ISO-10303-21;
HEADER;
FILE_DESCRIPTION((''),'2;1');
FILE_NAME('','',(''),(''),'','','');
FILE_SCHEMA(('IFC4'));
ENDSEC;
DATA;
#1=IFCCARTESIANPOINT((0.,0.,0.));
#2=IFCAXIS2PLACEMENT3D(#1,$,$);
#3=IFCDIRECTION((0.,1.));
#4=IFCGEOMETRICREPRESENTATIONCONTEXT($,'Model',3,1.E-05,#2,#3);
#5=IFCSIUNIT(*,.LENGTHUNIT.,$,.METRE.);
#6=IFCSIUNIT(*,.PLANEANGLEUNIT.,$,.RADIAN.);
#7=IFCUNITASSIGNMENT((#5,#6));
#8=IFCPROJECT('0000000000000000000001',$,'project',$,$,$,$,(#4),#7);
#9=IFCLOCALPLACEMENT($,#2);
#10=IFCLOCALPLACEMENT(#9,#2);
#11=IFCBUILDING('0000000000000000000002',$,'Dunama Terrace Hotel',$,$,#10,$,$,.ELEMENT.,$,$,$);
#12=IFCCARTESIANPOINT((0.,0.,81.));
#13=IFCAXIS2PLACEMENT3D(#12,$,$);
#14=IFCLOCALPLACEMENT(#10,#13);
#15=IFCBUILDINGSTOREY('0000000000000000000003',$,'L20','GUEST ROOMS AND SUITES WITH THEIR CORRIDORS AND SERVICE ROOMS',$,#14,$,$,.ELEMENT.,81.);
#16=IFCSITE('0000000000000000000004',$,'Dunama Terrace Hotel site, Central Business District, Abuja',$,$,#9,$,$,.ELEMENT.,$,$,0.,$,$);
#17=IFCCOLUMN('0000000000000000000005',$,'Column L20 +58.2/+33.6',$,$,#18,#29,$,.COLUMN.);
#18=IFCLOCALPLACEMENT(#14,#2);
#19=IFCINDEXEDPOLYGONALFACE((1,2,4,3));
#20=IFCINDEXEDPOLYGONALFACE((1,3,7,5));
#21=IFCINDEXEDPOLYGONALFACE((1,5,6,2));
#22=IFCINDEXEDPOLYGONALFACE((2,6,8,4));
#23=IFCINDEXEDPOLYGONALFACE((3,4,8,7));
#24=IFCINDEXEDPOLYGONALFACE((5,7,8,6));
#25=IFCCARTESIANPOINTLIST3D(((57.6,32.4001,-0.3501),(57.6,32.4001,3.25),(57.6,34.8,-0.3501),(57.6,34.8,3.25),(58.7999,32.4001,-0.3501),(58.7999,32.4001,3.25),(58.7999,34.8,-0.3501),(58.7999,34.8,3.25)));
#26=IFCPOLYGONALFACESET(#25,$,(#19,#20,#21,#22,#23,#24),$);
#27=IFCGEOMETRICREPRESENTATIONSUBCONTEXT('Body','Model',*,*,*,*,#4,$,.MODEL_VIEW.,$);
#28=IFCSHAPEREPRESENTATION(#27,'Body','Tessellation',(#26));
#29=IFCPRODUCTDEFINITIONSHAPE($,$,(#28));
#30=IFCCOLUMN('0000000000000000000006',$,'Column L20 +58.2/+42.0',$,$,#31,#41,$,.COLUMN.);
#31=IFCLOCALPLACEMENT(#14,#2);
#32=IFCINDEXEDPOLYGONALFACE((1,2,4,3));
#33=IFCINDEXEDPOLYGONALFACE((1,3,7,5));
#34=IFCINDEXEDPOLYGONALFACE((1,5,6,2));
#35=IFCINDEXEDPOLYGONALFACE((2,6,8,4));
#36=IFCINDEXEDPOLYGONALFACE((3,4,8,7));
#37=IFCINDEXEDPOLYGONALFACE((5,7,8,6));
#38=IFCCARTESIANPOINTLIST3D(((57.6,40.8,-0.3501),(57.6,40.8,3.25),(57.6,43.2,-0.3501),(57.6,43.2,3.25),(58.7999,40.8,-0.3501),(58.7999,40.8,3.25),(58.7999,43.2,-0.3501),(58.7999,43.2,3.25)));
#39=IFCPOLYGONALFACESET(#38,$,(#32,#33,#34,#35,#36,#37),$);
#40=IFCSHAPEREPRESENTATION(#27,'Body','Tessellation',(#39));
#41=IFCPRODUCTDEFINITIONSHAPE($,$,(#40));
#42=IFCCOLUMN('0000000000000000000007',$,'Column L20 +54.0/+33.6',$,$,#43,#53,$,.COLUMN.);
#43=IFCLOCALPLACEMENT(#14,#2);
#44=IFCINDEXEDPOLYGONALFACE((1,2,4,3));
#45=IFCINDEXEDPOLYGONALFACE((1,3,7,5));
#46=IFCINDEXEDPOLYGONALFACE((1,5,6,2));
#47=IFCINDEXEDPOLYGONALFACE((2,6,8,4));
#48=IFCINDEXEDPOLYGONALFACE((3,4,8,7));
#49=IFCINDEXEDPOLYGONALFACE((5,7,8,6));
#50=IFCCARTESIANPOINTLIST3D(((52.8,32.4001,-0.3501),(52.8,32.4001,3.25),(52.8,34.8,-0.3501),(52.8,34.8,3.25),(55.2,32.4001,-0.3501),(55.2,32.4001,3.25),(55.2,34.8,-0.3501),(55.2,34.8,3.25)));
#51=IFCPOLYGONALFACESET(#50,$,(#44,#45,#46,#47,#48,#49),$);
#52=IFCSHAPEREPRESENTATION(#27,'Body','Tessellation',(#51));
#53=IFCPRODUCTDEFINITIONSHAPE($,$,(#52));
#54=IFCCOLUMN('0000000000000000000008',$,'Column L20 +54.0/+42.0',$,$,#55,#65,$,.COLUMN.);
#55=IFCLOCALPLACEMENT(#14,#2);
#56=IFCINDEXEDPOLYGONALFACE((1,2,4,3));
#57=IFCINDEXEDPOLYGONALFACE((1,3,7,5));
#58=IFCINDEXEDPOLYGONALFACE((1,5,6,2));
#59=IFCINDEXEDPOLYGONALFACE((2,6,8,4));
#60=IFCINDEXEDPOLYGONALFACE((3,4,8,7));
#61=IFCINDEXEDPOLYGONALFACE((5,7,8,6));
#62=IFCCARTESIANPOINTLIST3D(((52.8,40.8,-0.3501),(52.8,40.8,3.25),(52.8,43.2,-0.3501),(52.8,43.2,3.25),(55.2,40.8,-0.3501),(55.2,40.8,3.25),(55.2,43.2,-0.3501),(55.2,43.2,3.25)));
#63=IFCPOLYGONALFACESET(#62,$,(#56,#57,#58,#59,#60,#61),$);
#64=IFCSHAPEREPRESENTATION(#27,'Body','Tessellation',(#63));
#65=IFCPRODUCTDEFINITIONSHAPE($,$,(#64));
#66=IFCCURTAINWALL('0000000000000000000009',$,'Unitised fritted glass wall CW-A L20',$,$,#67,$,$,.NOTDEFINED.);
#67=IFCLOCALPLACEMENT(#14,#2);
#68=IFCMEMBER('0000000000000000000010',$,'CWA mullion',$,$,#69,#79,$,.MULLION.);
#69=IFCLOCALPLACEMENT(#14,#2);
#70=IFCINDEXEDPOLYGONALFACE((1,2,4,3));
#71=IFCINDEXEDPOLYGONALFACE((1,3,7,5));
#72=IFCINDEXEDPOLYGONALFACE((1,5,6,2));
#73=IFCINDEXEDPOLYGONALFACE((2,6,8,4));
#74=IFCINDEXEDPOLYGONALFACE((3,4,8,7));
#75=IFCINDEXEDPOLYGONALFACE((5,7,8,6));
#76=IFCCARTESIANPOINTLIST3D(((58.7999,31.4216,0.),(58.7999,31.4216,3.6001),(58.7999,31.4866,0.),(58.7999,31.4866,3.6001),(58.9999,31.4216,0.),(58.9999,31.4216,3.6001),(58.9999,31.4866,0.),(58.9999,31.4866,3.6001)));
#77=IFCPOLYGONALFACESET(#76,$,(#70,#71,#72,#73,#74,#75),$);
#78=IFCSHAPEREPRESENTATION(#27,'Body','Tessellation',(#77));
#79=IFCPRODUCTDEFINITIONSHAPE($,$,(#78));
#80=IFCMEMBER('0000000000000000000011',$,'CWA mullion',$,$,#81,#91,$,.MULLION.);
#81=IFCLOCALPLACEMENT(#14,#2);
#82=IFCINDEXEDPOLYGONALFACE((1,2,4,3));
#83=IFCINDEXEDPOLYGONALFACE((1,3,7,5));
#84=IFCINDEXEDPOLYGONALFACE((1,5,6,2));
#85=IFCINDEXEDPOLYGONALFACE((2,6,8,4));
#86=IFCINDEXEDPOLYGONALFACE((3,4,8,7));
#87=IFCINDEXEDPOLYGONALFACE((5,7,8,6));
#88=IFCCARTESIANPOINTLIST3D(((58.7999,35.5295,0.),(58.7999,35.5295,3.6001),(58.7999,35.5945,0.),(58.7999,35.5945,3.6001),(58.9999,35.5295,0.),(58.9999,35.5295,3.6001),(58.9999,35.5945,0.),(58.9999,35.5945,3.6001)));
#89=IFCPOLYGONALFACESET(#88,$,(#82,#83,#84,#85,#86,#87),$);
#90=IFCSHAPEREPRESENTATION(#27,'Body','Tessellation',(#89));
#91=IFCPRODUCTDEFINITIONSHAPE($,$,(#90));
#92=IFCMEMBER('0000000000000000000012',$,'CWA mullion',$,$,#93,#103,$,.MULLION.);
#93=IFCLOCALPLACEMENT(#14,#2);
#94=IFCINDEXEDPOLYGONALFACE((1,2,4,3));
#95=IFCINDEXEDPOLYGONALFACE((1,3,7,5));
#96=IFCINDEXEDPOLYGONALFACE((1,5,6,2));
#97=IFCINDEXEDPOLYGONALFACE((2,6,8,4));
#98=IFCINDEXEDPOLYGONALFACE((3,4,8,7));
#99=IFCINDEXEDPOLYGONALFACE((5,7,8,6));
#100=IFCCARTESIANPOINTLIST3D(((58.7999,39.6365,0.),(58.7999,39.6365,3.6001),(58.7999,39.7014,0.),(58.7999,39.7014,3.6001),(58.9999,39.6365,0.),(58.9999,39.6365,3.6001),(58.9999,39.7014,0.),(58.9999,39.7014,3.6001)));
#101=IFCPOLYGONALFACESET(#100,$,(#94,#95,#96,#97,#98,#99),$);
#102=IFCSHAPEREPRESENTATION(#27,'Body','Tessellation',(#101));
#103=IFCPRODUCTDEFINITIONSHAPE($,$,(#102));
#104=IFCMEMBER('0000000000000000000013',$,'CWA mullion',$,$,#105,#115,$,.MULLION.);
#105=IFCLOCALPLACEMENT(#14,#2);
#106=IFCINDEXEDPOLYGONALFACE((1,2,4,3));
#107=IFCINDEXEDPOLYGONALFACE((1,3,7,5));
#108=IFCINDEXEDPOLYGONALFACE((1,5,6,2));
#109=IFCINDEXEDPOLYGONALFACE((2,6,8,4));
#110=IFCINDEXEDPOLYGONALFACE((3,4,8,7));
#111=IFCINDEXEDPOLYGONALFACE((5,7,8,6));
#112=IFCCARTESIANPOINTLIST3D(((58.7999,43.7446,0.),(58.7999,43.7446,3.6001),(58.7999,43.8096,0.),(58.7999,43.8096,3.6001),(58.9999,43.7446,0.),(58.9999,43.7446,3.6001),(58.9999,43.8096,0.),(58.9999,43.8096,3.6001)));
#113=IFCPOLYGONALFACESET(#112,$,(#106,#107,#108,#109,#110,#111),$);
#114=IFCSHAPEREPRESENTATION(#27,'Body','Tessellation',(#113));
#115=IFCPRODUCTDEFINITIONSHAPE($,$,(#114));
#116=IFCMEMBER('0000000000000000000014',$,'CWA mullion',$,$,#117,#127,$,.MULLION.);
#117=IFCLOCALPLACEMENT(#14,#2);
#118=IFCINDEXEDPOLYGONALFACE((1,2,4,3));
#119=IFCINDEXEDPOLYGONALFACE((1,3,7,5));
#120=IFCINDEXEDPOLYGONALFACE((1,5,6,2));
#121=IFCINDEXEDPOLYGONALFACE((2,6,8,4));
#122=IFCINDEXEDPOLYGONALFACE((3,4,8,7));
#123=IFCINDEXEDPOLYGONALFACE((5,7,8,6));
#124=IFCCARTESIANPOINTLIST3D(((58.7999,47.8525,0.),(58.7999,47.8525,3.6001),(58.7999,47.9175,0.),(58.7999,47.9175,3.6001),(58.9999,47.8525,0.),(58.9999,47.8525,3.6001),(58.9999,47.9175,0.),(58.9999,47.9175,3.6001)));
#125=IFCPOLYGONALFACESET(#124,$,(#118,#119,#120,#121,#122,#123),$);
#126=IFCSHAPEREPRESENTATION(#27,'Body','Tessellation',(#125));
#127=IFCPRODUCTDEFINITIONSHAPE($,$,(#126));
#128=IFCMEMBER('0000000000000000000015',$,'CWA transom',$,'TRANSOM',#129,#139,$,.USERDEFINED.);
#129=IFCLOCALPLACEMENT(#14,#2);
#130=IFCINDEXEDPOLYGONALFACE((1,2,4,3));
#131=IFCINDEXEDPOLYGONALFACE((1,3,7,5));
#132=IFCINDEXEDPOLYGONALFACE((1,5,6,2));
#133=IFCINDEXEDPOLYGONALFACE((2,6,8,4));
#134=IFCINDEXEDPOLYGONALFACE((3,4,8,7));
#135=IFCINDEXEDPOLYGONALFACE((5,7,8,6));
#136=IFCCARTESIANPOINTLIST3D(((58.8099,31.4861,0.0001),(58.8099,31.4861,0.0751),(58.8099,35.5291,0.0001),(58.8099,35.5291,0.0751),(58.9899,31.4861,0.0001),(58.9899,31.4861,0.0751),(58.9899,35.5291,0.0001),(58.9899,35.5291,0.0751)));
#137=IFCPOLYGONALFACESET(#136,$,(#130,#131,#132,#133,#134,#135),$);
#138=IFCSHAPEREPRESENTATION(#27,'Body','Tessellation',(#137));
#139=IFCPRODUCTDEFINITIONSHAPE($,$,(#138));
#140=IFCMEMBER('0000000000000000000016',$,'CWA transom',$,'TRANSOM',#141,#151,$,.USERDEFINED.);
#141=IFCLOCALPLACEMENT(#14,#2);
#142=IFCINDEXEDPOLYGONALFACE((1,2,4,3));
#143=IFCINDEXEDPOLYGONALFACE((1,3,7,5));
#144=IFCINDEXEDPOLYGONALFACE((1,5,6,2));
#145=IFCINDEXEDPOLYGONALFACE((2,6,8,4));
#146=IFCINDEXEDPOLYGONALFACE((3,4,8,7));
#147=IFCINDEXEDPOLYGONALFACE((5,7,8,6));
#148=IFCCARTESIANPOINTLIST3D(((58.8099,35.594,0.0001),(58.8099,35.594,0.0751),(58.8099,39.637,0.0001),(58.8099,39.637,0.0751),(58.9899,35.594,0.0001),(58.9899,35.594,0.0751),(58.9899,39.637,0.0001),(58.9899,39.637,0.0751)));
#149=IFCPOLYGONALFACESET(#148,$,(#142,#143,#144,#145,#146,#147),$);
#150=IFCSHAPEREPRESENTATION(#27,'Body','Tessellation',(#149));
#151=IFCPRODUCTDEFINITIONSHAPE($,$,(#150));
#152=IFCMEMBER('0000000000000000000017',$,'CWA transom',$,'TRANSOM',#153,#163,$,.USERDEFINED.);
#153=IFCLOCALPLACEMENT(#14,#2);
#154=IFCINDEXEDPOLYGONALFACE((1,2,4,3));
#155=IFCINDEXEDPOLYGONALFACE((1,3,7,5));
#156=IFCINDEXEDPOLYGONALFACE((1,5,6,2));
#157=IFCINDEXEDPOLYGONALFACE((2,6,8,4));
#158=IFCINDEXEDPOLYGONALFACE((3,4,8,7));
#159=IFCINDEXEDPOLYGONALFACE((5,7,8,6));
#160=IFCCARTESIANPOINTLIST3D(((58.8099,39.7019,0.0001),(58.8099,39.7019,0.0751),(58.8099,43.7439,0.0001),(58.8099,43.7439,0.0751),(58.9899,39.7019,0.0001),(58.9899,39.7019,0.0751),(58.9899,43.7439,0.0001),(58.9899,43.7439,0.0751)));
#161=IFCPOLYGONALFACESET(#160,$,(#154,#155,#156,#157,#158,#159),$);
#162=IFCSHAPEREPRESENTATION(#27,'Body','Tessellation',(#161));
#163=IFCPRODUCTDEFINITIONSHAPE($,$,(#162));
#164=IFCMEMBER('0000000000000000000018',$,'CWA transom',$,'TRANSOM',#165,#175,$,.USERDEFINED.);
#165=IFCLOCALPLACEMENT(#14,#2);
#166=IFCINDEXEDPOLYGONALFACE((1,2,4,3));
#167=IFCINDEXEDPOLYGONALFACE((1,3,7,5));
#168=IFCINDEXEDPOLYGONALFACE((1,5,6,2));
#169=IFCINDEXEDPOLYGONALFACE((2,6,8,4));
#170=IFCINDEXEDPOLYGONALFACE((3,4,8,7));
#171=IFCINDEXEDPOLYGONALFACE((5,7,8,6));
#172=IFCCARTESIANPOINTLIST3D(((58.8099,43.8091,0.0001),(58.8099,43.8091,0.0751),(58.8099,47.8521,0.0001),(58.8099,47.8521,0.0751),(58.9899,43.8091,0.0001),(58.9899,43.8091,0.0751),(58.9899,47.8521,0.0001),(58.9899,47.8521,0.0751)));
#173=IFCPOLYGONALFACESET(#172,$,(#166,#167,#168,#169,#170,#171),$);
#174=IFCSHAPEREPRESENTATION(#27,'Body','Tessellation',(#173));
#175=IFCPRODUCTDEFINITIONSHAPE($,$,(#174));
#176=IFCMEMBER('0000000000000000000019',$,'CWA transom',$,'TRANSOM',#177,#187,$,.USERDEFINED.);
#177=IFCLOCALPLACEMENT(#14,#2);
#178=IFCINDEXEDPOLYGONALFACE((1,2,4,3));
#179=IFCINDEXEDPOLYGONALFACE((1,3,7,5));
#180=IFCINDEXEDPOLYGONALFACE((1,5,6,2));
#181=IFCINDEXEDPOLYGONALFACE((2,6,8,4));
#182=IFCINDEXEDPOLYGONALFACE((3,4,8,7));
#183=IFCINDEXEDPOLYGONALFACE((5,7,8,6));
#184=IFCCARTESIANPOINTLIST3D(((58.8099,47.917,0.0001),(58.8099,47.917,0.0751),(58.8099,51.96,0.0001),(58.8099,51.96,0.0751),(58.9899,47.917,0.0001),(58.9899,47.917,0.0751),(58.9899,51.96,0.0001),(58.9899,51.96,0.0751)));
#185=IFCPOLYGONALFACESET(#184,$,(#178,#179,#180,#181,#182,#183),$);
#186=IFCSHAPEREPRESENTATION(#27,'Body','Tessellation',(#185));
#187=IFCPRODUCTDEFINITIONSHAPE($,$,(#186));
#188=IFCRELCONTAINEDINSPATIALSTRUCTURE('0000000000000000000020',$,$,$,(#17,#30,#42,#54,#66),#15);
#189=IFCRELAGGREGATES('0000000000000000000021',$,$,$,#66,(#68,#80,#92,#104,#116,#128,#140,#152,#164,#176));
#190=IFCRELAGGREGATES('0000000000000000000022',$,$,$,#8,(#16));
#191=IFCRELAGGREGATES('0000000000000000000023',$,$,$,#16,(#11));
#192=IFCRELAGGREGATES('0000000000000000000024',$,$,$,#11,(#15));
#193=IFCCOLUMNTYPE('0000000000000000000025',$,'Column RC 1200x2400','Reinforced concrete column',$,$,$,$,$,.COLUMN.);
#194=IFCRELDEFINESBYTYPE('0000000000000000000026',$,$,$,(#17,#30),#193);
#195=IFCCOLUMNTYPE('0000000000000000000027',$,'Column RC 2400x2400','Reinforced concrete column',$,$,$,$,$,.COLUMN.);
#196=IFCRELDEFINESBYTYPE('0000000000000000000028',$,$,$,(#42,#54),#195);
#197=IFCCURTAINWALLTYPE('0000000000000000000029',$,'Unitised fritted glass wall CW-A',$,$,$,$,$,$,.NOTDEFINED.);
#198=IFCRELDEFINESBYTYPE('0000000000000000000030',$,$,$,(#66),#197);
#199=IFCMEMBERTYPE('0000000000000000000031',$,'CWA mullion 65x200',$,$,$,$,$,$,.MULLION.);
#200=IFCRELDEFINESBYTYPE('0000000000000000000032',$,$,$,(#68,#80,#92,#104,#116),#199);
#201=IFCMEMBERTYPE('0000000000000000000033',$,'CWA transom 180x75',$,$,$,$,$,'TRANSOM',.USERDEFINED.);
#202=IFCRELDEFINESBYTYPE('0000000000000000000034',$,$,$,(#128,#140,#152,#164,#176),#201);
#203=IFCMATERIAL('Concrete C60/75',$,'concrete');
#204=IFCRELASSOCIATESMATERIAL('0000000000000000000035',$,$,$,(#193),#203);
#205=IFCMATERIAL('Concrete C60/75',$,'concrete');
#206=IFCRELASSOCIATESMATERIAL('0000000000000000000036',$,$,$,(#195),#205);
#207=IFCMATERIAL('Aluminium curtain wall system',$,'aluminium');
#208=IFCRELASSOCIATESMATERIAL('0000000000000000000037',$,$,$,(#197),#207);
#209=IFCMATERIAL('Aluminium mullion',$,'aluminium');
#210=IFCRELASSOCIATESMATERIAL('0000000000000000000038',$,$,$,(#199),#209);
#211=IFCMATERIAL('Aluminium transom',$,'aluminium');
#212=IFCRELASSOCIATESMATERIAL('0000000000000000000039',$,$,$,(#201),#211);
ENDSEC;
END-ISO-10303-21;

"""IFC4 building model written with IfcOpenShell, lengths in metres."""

from ifc_helpers import new_model, si_unit, direction, frame, origin, origin_2d, place, context, subcontext, project, spatial, rectangle, extrude, material, material_profile, profile_set, type_object, element, aggregate, save


model = new_model("IFC4")

# Units and contexts
model_context = context("Model", 3, precision=1e-05, world=origin(), true_north=direction((0.0, 1.0)))
body_context = subcontext(model_context, "Body", "Model", "MODEL_VIEW")
ifc_project = project(units=[si_unit("LENGTHUNIT", "METRE"), si_unit("PLANEANGLEUNIT", "RADIAN")], contexts=[model_context])

# Site, building, storey
site_placement = place(None, origin())
site = spatial("IfcSite", under=ifc_project, at=site_placement, Name="Dunama Terrace Hotel site, Central Business District, Abuja", CompositionType="ELEMENT", RefElevation=0.0)
building_placement = place(site_placement, origin())
building = spatial("IfcBuilding", under=site, at=building_placement, Name="Dunama Terrace Hotel", CompositionType="ELEMENT")
storey_placement = place(building_placement, frame((0.0, 0.0, 81.0)))
storey = spatial("IfcBuildingStorey", under=building, at=storey_placement, Name="L20", Description="GUEST ROOMS AND SUITES WITH THEIR CORRIDORS AND SERVICE ROOMS", CompositionType="ELEMENT", Elevation=81.0)

# Columns
ifc_material_1 = material(Name="Concrete C60/75", Category="concrete")
ifc_material_profile_1 = material_profile(ifc_material_1, rectangle(XDim=1.2, YDim=2.3999, at=origin_2d()), Name="RC 1200x2400")
ifc_profile_set_1 = profile_set([ifc_material_profile_1], Name="Concrete C60/75")
column_type_1 = type_object("IfcColumnType", Name="Column RC 1200x2400", Description="Reinforced concrete column", PredefinedType="COLUMN", material=ifc_profile_set_1)
for number, where, z_axis, x_axis, name in (
    (1, (58.2, 33.6001, -0.3501), (0.0, 0.0, 1.0), (1.0, 0.0, 0.0), "Column L20 +58.2/+33.6"),
    (2, (58.2, 42.0, -0.3501), (0.0, 0.0, 1.0), (1.0, 0.0, 0.0), "Column L20 +58.2/+42.0"),
):
    element("IfcColumn", number, at=place(storey_placement, frame(where, z_axis=z_axis, x_axis=x_axis)), inside=storey, type_object=column_type_1, Name=name, PredefinedType="COLUMN", context=body_context, shape_type="SweptSolid", body=[
        extrude(rectangle(XDim=1.2, YDim=2.3999, at=origin_2d()), origin(), (0.0, 0.0, 1.0), 3.6001),
    ])
ifc_material_2 = material(Name="Concrete C60/75", Category="concrete")
ifc_material_profile_2 = material_profile(ifc_material_2, rectangle(XDim=2.3999, YDim=2.3999, at=origin_2d()), Name="RC 2400x2400")
ifc_profile_set_2 = profile_set([ifc_material_profile_2], Name="Concrete C60/75")
column_type_2 = type_object("IfcColumnType", Name="Column RC 2400x2400", Description="Reinforced concrete column", PredefinedType="COLUMN", material=ifc_profile_set_2)
for number, where, z_axis, x_axis, name in (
    (3, (54.0, 33.6001, -0.3501), (0.0, 0.0, 1.0), (1.0, 0.0, 0.0), "Column L20 +54.0/+33.6"),
    (4, (54.0, 42.0, -0.3501), (0.0, 0.0, 1.0), (1.0, 0.0, 0.0), "Column L20 +54.0/+42.0"),
):
    element("IfcColumn", number, at=place(storey_placement, frame(where, z_axis=z_axis, x_axis=x_axis)), inside=storey, type_object=column_type_2, Name=name, PredefinedType="COLUMN", context=body_context, shape_type="SweptSolid", body=[
        extrude(rectangle(XDim=2.3999, YDim=2.3999, at=origin_2d()), origin(), (0.0, 0.0, 1.0), 3.6001),
    ])

# Curtain wall, members
ifc_material_3 = material(Name="Aluminium curtain wall system", Category="aluminium")
curtain_wall_type = type_object("IfcCurtainWallType", Name="Unitised fritted glass wall CW-A", PredefinedType="NOTDEFINED", material=ifc_material_3)
curtain_wall_placement = place(storey_placement, origin())
curtain_wall = element("IfcCurtainWall", 5, at=curtain_wall_placement, inside=storey, type_object=curtain_wall_type, Name="Unitised fritted glass wall CW-A L20", PredefinedType="NOTDEFINED")
ifc_material_4 = material(Name="Aluminium mullion", Category="aluminium")
ifc_material_profile_3 = material_profile(ifc_material_4, rectangle(XDim=0.0649, YDim=0.2, at=origin_2d()), Name="CWA MULLION 65X200")
ifc_profile_set_3 = profile_set([ifc_material_profile_3], Name="Aluminium mullion")
member_type_1 = type_object("IfcMemberType", Name="CWA mullion 65x200", PredefinedType="MULLION", material=ifc_profile_set_3)
member_1_placement = place(storey_placement, frame((58.8999, 31.4541, 0.0), z_axis=(0.0, 0.0, 1.0), x_axis=(0.0, 1.0, 0.0)))
member_1 = element("IfcMember", 6, at=member_1_placement, type_object=member_type_1, Name="CWA mullion", PredefinedType="MULLION", context=body_context, shape_type="SweptSolid", body=[
    extrude(rectangle(XDim=0.0649, YDim=0.2, at=origin_2d()), origin(), (0.0, 0.0, 1.0), 3.6001),
])
member_2_placement = place(storey_placement, frame((58.8999, 35.562, 0.0), z_axis=(0.0, 0.0, 1.0), x_axis=(0.0, 1.0, 0.0)))
member_2 = element("IfcMember", 7, at=member_2_placement, type_object=member_type_1, Name="CWA mullion", PredefinedType="MULLION", context=body_context, shape_type="SweptSolid", body=[
    extrude(rectangle(XDim=0.0649, YDim=0.2, at=origin_2d()), origin(), (0.0, 0.0, 1.0), 3.6001),
])
member_3_placement = place(storey_placement, frame((58.8999, 39.6689, 0.0), z_axis=(0.0, 0.0, 1.0), x_axis=(0.0, 1.0, 0.0)))
member_3 = element("IfcMember", 8, at=member_3_placement, type_object=member_type_1, Name="CWA mullion", PredefinedType="MULLION", context=body_context, shape_type="SweptSolid", body=[
    extrude(rectangle(XDim=0.0649, YDim=0.2, at=origin_2d()), origin(), (0.0, 0.0, 1.0), 3.6001),
])
member_4_placement = place(storey_placement, frame((58.8999, 43.7771, 0.0), z_axis=(0.0, 0.0, 1.0), x_axis=(0.0, 1.0, 0.0)))
member_4 = element("IfcMember", 9, at=member_4_placement, type_object=member_type_1, Name="CWA mullion", PredefinedType="MULLION", context=body_context, shape_type="SweptSolid", body=[
    extrude(rectangle(XDim=0.0649, YDim=0.2, at=origin_2d()), origin(), (0.0, 0.0, 1.0), 3.6001),
])
member_5_placement = place(storey_placement, frame((58.8999, 47.885, 0.0), z_axis=(0.0, 0.0, 1.0), x_axis=(0.0, 1.0, 0.0)))
member_5 = element("IfcMember", 10, at=member_5_placement, type_object=member_type_1, Name="CWA mullion", PredefinedType="MULLION", context=body_context, shape_type="SweptSolid", body=[
    extrude(rectangle(XDim=0.0649, YDim=0.2, at=origin_2d()), origin(), (0.0, 0.0, 1.0), 3.6001),
])
ifc_material_5 = material(Name="Aluminium transom", Category="aluminium")
ifc_material_profile_4 = material_profile(ifc_material_5, rectangle(XDim=0.1799, YDim=0.075, at=origin_2d()), Name="CWA TRANSOM 180X75")
ifc_profile_set_4 = profile_set([ifc_material_profile_4], Name="Aluminium transom")
member_type_2 = type_object("IfcMemberType", Name="CWA transom 180x75", ElementType="TRANSOM", PredefinedType="USERDEFINED", material=ifc_profile_set_4)
member_6_placement = place(storey_placement, frame((58.8999, 31.4861, 0.0376), z_axis=(0.0, 1.0, 0.0), x_axis=(-1.0, 0.0, 0.0)))
member_6 = element("IfcMember", 11, at=member_6_placement, type_object=member_type_2, Name="CWA transom", ObjectType="TRANSOM", PredefinedType="USERDEFINED", context=body_context, shape_type="SweptSolid", body=[
    extrude(rectangle(XDim=0.1799, YDim=0.075, at=origin_2d()), origin(), (0.0, 0.0, 1.0), 4.043),
])
member_7_placement = place(storey_placement, frame((58.8999, 35.594, 0.0376), z_axis=(0.0, 1.0, 0.0), x_axis=(-1.0, 0.0, 0.0)))
member_7 = element("IfcMember", 12, at=member_7_placement, type_object=member_type_2, Name="CWA transom", ObjectType="TRANSOM", PredefinedType="USERDEFINED", context=body_context, shape_type="SweptSolid", body=[
    extrude(rectangle(XDim=0.1799, YDim=0.075, at=origin_2d()), origin(), (0.0, 0.0, 1.0), 4.043),
])
member_8_placement = place(storey_placement, frame((58.8999, 39.7019, 0.0376), z_axis=(0.0, 1.0, 0.0), x_axis=(-1.0, 0.0, 0.0)))
member_8 = element("IfcMember", 13, at=member_8_placement, type_object=member_type_2, Name="CWA transom", ObjectType="TRANSOM", PredefinedType="USERDEFINED", context=body_context, shape_type="SweptSolid", body=[
    extrude(rectangle(XDim=0.1799, YDim=0.075, at=origin_2d()), origin(), (0.0, 0.0, 1.0), 4.042),
])
member_9_placement = place(storey_placement, frame((58.8999, 43.8091, 0.0376), z_axis=(0.0, 1.0, 0.0), x_axis=(-1.0, 0.0, 0.0)))
member_9 = element("IfcMember", 14, at=member_9_placement, type_object=member_type_2, Name="CWA transom", ObjectType="TRANSOM", PredefinedType="USERDEFINED", context=body_context, shape_type="SweptSolid", body=[
    extrude(rectangle(XDim=0.1799, YDim=0.075, at=origin_2d()), origin(), (0.0, 0.0, 1.0), 4.043),
])
member_10_placement = place(storey_placement, frame((58.8999, 47.917, 0.0376), z_axis=(0.0, 1.0, 0.0), x_axis=(-1.0, 0.0, 0.0)))
member_10 = element("IfcMember", 15, at=member_10_placement, type_object=member_type_2, Name="CWA transom", ObjectType="TRANSOM", PredefinedType="USERDEFINED", context=body_context, shape_type="SweptSolid", body=[
    extrude(rectangle(XDim=0.1799, YDim=0.075, at=origin_2d()), origin(), (0.0, 0.0, 1.0), 4.043),
])

aggregate(curtain_wall, [member_1, member_2, member_3, member_4, member_5, member_6, member_7, member_8, member_9, member_10])

save(model, "model.ifc")
